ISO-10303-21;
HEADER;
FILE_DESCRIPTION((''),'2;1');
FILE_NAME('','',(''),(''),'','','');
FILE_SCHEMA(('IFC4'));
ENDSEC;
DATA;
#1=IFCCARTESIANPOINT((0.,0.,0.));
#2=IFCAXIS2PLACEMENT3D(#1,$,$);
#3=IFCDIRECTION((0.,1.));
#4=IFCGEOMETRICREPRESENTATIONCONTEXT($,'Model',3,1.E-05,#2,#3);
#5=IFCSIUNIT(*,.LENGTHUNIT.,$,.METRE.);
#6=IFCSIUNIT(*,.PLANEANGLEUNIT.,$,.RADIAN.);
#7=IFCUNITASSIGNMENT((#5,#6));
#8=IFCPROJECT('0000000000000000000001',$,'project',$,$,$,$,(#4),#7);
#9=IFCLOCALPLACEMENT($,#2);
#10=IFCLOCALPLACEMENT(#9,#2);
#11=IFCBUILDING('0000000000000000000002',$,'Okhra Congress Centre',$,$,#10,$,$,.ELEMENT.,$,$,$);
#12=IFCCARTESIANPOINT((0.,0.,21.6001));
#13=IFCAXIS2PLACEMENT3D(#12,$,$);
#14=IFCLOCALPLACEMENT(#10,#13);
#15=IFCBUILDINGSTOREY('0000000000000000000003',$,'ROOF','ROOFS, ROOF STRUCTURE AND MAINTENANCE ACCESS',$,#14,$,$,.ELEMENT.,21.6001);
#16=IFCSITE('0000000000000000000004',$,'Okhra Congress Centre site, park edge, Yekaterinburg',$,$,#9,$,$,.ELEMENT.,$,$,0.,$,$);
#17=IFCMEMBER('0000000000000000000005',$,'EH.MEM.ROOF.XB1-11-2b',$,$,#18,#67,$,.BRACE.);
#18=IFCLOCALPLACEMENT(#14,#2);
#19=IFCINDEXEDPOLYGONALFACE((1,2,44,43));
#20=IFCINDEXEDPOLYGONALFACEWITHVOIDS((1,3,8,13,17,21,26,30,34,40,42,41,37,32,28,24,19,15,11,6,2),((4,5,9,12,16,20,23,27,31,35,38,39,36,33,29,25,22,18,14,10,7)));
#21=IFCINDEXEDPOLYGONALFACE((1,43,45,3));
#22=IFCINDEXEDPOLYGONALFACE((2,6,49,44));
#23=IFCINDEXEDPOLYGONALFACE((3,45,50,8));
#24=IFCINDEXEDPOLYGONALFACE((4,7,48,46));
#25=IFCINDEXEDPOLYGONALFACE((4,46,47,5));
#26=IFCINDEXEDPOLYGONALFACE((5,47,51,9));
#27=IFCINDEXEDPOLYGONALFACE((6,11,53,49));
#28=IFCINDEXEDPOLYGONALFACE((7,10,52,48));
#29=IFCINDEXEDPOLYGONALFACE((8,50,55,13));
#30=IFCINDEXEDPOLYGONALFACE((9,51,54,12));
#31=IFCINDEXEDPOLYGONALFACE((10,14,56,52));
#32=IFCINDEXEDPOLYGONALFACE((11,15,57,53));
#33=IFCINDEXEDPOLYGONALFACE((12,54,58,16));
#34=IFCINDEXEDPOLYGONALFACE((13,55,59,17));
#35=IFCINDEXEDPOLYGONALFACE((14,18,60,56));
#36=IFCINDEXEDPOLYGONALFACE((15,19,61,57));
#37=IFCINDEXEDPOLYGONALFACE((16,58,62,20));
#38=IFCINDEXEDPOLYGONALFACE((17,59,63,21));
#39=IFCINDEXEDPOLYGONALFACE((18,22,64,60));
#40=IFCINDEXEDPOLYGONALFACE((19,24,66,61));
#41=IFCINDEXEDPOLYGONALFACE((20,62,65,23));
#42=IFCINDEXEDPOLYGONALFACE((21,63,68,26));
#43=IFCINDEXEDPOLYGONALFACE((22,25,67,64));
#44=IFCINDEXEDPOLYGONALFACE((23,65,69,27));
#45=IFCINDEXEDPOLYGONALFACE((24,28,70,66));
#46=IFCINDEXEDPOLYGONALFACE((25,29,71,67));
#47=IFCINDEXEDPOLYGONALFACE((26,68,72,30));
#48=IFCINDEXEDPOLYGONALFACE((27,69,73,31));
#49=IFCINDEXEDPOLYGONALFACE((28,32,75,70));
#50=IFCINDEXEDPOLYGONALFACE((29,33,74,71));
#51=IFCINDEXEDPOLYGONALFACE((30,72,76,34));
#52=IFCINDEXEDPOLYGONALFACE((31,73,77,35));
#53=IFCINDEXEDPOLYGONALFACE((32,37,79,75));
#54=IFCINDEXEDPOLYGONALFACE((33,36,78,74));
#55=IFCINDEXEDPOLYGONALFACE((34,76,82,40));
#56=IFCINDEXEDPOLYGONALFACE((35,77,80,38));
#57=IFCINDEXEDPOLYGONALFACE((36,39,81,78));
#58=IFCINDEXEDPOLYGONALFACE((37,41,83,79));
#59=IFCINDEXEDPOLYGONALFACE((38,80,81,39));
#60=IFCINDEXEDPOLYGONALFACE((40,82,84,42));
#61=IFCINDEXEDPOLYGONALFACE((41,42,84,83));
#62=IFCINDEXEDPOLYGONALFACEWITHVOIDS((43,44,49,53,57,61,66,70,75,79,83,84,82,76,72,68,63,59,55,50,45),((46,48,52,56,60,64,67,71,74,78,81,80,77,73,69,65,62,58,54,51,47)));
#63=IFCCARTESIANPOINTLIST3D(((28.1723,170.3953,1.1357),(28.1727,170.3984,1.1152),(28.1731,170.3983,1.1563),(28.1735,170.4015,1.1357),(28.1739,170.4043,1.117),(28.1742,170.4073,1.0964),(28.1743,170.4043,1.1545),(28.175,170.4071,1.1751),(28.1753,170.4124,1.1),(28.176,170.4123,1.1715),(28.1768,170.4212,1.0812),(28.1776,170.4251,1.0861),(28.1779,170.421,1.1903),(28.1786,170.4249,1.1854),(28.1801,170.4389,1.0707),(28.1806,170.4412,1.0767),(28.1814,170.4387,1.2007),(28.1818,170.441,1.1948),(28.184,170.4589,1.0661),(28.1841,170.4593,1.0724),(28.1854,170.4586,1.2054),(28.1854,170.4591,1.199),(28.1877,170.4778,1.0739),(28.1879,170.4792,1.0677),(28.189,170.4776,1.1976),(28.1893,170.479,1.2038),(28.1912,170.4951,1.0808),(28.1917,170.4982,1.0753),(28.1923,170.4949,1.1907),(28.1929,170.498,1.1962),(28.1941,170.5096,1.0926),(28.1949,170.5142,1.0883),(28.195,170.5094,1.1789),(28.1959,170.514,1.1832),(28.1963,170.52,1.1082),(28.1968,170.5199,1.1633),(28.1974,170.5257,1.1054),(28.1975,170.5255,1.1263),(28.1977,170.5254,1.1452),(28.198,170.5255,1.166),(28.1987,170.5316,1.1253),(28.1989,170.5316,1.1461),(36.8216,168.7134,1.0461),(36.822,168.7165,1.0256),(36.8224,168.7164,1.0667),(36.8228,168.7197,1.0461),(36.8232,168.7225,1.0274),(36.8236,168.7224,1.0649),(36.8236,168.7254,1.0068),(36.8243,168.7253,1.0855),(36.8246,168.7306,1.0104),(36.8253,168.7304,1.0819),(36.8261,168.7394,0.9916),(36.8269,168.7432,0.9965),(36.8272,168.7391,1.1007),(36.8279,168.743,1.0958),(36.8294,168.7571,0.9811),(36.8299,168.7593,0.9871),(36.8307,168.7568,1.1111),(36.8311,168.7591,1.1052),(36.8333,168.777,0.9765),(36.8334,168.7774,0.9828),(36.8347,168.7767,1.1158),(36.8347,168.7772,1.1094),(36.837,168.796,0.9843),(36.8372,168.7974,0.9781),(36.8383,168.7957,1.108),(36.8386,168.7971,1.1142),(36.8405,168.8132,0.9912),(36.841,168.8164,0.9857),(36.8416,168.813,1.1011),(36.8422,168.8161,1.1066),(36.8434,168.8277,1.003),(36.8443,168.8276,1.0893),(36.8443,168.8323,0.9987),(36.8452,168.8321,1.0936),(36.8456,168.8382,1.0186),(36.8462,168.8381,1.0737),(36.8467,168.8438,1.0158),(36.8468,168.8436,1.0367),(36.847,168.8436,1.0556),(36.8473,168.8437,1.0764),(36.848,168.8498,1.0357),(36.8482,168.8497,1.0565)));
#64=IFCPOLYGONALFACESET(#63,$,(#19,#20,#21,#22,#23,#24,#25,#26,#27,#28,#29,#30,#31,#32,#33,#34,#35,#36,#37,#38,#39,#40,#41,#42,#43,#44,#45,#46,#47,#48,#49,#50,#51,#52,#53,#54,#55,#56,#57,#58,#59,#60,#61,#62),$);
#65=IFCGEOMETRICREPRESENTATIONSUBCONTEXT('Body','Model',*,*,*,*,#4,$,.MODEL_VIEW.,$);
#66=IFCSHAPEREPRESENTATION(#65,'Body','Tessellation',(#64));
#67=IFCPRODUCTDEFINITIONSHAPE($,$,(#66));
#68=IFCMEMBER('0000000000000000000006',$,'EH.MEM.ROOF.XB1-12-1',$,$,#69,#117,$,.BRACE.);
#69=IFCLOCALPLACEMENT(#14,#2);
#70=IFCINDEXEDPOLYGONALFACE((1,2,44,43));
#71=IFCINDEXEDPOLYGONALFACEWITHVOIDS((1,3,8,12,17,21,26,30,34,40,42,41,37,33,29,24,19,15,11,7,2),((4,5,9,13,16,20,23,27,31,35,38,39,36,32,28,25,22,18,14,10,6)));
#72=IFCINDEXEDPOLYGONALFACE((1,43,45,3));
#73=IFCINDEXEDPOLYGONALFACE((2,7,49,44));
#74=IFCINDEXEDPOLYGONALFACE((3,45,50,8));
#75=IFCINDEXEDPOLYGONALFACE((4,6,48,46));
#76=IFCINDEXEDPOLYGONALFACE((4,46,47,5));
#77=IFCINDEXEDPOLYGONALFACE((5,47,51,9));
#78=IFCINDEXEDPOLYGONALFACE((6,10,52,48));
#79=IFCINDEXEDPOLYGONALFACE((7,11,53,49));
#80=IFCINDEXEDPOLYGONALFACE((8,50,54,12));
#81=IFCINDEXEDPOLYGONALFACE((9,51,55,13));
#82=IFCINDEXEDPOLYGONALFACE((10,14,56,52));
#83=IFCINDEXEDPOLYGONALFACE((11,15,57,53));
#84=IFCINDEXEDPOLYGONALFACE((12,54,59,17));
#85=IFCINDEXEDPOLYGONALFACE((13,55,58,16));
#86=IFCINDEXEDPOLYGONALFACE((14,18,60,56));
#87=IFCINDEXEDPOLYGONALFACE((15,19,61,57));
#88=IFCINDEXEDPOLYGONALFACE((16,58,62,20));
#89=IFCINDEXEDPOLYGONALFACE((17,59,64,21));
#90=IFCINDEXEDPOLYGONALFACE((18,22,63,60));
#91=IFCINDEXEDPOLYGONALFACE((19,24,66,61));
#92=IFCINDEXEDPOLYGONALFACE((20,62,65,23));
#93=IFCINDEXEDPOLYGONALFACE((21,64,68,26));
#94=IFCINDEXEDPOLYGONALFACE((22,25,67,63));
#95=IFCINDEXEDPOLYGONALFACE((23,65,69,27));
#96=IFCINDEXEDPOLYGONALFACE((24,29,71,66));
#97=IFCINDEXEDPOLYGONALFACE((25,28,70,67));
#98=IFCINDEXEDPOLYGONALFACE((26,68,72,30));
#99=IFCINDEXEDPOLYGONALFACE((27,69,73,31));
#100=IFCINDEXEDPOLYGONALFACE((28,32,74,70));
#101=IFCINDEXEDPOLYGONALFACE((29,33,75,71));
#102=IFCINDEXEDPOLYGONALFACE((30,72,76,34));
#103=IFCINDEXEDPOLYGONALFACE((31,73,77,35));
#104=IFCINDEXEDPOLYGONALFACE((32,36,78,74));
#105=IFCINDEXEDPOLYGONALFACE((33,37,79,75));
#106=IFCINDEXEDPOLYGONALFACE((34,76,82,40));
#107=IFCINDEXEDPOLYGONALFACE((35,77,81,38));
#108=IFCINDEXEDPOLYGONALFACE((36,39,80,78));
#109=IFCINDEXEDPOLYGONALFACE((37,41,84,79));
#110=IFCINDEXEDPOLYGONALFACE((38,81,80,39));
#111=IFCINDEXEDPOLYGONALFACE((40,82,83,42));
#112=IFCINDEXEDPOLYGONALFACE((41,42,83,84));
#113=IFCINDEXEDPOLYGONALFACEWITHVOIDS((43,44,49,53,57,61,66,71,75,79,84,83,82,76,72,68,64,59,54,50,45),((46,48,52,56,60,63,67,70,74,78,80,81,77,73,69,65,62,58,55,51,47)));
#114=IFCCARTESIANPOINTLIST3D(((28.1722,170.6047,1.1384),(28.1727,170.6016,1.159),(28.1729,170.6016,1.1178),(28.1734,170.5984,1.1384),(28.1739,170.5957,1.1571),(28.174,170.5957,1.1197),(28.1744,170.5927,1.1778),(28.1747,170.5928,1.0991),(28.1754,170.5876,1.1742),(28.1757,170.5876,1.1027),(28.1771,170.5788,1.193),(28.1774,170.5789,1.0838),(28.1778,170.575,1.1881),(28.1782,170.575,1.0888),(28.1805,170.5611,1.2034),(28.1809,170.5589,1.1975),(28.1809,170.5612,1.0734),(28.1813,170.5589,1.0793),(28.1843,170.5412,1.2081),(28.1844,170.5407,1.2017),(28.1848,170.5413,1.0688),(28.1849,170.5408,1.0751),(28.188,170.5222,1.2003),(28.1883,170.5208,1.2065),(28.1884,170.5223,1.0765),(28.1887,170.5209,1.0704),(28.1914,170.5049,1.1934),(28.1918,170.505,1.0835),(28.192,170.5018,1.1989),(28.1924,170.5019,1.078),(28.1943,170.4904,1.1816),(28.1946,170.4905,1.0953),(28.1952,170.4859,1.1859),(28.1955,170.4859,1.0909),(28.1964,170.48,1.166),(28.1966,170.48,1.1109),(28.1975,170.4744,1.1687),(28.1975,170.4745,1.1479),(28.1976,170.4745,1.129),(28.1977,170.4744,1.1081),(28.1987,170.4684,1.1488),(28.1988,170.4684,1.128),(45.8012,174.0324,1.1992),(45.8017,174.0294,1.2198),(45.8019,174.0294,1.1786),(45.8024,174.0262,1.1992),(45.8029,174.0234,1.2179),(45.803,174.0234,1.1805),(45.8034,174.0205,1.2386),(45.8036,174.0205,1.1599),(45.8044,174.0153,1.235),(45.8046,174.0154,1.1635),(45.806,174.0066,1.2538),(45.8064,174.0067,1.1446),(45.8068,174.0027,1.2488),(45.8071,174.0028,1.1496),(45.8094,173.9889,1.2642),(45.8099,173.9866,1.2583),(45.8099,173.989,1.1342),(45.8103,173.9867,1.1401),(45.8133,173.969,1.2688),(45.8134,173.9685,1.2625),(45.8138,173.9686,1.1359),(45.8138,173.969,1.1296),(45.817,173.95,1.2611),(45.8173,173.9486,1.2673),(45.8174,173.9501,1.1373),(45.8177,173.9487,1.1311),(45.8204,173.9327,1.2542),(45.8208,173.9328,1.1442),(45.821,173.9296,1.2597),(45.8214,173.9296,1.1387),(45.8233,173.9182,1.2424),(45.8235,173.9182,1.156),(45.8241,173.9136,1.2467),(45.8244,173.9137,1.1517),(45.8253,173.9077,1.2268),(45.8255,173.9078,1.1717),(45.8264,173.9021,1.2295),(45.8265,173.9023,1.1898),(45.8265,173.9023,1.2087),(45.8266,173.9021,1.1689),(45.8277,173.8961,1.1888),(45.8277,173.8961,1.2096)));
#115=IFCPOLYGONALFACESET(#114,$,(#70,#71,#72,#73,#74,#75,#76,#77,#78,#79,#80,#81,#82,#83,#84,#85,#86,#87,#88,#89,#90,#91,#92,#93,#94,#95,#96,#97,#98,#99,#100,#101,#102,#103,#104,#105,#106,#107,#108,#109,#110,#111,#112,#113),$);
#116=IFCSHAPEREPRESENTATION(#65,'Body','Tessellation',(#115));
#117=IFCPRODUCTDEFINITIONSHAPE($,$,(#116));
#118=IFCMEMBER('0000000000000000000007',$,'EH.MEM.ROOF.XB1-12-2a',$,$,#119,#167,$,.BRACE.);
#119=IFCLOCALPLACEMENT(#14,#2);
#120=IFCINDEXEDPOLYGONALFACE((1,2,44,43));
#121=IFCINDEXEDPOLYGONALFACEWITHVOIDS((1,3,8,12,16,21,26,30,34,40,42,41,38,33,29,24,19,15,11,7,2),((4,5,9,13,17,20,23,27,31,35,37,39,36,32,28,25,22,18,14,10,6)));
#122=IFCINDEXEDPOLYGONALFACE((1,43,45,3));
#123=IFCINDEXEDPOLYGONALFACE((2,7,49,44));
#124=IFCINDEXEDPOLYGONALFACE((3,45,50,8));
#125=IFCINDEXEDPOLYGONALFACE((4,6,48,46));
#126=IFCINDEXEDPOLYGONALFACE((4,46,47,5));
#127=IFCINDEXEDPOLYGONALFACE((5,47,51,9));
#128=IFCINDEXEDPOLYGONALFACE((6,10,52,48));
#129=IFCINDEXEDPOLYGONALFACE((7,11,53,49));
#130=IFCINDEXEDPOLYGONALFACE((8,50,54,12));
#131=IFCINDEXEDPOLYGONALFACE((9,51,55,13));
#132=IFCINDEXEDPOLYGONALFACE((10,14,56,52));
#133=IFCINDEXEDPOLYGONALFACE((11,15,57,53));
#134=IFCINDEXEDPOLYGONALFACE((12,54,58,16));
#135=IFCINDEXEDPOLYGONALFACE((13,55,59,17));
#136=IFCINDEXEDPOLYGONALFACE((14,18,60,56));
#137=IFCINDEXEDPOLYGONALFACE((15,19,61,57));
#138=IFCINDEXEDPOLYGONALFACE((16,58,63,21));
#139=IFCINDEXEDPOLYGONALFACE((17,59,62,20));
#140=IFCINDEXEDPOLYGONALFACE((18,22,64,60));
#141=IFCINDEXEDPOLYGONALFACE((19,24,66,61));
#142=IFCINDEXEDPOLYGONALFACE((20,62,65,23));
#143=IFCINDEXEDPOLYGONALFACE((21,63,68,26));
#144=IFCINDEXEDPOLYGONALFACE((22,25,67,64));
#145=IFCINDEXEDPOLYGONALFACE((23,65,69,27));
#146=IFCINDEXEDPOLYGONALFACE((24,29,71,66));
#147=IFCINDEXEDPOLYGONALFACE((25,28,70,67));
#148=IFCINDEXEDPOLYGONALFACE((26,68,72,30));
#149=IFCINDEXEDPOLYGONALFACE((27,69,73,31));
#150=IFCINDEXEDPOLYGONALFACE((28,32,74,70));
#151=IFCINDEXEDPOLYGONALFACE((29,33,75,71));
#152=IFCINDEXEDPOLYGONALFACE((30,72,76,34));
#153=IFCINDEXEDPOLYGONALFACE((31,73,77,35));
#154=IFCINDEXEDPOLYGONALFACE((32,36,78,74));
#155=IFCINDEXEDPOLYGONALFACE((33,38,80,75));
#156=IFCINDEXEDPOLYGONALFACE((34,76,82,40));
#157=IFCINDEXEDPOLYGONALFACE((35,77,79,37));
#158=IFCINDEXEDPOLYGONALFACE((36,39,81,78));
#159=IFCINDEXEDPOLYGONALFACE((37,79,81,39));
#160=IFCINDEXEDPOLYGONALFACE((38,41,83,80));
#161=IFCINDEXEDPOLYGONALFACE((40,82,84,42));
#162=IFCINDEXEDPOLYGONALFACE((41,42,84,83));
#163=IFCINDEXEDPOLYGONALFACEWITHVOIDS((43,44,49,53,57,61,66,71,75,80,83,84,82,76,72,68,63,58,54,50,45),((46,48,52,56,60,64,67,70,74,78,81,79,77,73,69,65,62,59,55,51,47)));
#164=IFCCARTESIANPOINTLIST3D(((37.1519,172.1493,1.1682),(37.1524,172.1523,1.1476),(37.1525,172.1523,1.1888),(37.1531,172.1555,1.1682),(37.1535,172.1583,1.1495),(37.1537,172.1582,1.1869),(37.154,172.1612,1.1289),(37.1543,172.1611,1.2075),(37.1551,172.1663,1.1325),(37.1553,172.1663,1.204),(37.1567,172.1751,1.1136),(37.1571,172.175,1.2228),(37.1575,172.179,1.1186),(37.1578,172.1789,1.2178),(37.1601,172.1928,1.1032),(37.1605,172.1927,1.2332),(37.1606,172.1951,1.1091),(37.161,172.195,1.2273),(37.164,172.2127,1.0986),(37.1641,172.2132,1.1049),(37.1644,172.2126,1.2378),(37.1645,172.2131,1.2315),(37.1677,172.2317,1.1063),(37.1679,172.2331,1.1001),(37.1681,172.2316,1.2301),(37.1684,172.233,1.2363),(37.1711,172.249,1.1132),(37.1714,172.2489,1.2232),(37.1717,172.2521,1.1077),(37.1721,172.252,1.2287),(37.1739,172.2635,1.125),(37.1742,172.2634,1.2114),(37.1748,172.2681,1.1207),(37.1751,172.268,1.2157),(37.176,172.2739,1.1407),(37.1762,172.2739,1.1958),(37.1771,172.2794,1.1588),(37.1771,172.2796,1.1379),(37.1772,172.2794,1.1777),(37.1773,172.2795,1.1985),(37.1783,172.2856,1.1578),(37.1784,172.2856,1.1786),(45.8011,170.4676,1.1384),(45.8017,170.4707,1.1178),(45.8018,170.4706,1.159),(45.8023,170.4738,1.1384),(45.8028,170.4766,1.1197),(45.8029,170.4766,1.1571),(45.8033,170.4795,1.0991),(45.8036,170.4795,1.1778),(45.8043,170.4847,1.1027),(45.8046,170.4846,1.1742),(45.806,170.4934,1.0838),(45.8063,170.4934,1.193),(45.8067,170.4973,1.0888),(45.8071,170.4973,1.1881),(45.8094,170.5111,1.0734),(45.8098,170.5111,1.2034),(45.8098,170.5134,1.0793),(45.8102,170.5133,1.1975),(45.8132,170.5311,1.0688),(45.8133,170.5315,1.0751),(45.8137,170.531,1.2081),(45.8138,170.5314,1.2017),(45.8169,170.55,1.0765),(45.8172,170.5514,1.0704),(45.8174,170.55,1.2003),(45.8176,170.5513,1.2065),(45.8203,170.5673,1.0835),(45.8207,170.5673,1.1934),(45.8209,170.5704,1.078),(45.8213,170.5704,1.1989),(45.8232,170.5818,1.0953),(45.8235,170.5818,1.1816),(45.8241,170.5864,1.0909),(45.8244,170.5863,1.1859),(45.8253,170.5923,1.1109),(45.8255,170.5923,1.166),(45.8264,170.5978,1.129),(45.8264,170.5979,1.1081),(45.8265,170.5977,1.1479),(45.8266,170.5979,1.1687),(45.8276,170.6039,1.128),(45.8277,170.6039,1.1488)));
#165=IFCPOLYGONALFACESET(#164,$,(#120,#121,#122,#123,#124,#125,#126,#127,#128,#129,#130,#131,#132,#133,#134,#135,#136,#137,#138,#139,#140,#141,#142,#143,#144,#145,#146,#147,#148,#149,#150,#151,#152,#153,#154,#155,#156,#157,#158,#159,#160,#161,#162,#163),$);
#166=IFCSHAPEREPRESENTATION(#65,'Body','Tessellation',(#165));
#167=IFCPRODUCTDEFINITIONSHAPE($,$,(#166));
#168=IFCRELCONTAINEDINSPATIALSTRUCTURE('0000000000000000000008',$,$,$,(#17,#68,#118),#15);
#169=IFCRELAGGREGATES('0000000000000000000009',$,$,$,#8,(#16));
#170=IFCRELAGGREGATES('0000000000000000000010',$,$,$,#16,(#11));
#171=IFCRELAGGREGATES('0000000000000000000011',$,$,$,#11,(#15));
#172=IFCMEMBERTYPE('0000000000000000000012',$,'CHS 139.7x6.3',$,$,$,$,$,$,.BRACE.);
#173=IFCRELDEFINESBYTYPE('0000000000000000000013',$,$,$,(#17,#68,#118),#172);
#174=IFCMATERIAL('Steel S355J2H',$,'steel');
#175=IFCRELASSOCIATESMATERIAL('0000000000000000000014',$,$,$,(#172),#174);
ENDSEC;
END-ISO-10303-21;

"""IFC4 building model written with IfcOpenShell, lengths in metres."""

from ifc_helpers import new_model, si_unit, direction, frame, origin, origin_2d, place, context, subcontext, project, spatial, hollow_circle, extrude, material, material_profile, profile_set, type_object, element, save


model = new_model("IFC4")

# Units and contexts
model_context = context("Model", 3, precision=1e-05, world=origin(), true_north=direction((0.0, 1.0)))
body_context = subcontext(model_context, "Body", "Model", "MODEL_VIEW")
ifc_project = project(units=[si_unit("LENGTHUNIT", "METRE"), si_unit("PLANEANGLEUNIT", "RADIAN")], contexts=[model_context])

# Site, building, storey
site_placement = place(None, origin())
site = spatial("IfcSite", under=ifc_project, at=site_placement, Name="Okhra Congress Centre site, park edge, Yekaterinburg", CompositionType="ELEMENT", RefElevation=0.0)
building_placement = place(site_placement, origin())
building = spatial("IfcBuilding", under=site, at=building_placement, Name="Okhra Congress Centre", CompositionType="ELEMENT")
storey_placement = place(building_placement, frame((0.0, 0.0, 21.6001)))
storey = spatial("IfcBuildingStorey", under=building, at=storey_placement, Name="ROOF", Description="ROOFS, ROOF STRUCTURE AND MAINTENANCE ACCESS", CompositionType="ELEMENT", Elevation=21.6001)

# Members
ifc_material_1 = material(Name="Steel S355J2H", Category="steel")
ifc_material_profile_1 = material_profile(ifc_material_1, hollow_circle(Radius=0.0698, WallThickness=0.0063, at=origin_2d()), Name="CHS 139.7x6.3")
ifc_profile_set_1 = profile_set([ifc_material_profile_1], Name="Steel S355J2H")
member_type_1 = type_object("IfcMemberType", Name="CHS 139.7x6.3", PredefinedType="BRACE", material=ifc_profile_set_1)
for number, where, z_axis, x_axis, name in (
    (1, (36.835, 168.782, 1.0461), (-0.981563, 0.190866, 0.010168), (-0.190876, -0.981614, 0.0), "EH.MEM.ROOF.XB1-11-2b"),
):
    element("IfcMember", number, at=place(storey_placement, frame(where, z_axis=z_axis, x_axis=x_axis)), inside=storey, type_object=member_type_1, Name=name, PredefinedType="BRACE", context=body_context, shape_type="SweptSolid", body=[
        extrude(hollow_circle(Radius=0.0698, WallThickness=0.0063, at=origin_2d()), origin(), (0.0, 0.0, 1.0), 8.8118),
    ])
member_1_placement = place(storey_placement, frame((28.1855, 170.5361, 1.1384), z_axis=(0.981611, 0.190863, 0.003385), x_axis=(-0.190864, 0.981617, 0.0)))
element("IfcMember", 2, at=member_1_placement, inside=storey, type_object=member_type_1, Name="EH.MEM.ROOF.XB1-12-1", PredefinedType="BRACE", context=body_context, shape_type="SweptSolid", body=[
    extrude(hollow_circle(Radius=0.0698, WallThickness=0.0063, at=origin_2d()), origin(), (0.0, 0.0, 1.0), 17.9592),
])
for number, where, z_axis, x_axis, name in (
    (3, (45.8145, 170.5361, 1.1384), (-0.981613, 0.190853, 0.00338), (-0.190854, -0.981618, 0.0), "EH.MEM.ROOF.XB1-12-2a"),
):
    element("IfcMember", number, at=place(storey_placement, frame(where, z_axis=z_axis, x_axis=x_axis)), inside=storey, type_object=member_type_1, Name=name, PredefinedType="BRACE", context=body_context, shape_type="SweptSolid", body=[
        extrude(hollow_circle(Radius=0.0698, WallThickness=0.0063, at=origin_2d()), origin(), (0.0, 0.0, 1.0), 8.8113),
    ])

save(model, "model.ifc")
